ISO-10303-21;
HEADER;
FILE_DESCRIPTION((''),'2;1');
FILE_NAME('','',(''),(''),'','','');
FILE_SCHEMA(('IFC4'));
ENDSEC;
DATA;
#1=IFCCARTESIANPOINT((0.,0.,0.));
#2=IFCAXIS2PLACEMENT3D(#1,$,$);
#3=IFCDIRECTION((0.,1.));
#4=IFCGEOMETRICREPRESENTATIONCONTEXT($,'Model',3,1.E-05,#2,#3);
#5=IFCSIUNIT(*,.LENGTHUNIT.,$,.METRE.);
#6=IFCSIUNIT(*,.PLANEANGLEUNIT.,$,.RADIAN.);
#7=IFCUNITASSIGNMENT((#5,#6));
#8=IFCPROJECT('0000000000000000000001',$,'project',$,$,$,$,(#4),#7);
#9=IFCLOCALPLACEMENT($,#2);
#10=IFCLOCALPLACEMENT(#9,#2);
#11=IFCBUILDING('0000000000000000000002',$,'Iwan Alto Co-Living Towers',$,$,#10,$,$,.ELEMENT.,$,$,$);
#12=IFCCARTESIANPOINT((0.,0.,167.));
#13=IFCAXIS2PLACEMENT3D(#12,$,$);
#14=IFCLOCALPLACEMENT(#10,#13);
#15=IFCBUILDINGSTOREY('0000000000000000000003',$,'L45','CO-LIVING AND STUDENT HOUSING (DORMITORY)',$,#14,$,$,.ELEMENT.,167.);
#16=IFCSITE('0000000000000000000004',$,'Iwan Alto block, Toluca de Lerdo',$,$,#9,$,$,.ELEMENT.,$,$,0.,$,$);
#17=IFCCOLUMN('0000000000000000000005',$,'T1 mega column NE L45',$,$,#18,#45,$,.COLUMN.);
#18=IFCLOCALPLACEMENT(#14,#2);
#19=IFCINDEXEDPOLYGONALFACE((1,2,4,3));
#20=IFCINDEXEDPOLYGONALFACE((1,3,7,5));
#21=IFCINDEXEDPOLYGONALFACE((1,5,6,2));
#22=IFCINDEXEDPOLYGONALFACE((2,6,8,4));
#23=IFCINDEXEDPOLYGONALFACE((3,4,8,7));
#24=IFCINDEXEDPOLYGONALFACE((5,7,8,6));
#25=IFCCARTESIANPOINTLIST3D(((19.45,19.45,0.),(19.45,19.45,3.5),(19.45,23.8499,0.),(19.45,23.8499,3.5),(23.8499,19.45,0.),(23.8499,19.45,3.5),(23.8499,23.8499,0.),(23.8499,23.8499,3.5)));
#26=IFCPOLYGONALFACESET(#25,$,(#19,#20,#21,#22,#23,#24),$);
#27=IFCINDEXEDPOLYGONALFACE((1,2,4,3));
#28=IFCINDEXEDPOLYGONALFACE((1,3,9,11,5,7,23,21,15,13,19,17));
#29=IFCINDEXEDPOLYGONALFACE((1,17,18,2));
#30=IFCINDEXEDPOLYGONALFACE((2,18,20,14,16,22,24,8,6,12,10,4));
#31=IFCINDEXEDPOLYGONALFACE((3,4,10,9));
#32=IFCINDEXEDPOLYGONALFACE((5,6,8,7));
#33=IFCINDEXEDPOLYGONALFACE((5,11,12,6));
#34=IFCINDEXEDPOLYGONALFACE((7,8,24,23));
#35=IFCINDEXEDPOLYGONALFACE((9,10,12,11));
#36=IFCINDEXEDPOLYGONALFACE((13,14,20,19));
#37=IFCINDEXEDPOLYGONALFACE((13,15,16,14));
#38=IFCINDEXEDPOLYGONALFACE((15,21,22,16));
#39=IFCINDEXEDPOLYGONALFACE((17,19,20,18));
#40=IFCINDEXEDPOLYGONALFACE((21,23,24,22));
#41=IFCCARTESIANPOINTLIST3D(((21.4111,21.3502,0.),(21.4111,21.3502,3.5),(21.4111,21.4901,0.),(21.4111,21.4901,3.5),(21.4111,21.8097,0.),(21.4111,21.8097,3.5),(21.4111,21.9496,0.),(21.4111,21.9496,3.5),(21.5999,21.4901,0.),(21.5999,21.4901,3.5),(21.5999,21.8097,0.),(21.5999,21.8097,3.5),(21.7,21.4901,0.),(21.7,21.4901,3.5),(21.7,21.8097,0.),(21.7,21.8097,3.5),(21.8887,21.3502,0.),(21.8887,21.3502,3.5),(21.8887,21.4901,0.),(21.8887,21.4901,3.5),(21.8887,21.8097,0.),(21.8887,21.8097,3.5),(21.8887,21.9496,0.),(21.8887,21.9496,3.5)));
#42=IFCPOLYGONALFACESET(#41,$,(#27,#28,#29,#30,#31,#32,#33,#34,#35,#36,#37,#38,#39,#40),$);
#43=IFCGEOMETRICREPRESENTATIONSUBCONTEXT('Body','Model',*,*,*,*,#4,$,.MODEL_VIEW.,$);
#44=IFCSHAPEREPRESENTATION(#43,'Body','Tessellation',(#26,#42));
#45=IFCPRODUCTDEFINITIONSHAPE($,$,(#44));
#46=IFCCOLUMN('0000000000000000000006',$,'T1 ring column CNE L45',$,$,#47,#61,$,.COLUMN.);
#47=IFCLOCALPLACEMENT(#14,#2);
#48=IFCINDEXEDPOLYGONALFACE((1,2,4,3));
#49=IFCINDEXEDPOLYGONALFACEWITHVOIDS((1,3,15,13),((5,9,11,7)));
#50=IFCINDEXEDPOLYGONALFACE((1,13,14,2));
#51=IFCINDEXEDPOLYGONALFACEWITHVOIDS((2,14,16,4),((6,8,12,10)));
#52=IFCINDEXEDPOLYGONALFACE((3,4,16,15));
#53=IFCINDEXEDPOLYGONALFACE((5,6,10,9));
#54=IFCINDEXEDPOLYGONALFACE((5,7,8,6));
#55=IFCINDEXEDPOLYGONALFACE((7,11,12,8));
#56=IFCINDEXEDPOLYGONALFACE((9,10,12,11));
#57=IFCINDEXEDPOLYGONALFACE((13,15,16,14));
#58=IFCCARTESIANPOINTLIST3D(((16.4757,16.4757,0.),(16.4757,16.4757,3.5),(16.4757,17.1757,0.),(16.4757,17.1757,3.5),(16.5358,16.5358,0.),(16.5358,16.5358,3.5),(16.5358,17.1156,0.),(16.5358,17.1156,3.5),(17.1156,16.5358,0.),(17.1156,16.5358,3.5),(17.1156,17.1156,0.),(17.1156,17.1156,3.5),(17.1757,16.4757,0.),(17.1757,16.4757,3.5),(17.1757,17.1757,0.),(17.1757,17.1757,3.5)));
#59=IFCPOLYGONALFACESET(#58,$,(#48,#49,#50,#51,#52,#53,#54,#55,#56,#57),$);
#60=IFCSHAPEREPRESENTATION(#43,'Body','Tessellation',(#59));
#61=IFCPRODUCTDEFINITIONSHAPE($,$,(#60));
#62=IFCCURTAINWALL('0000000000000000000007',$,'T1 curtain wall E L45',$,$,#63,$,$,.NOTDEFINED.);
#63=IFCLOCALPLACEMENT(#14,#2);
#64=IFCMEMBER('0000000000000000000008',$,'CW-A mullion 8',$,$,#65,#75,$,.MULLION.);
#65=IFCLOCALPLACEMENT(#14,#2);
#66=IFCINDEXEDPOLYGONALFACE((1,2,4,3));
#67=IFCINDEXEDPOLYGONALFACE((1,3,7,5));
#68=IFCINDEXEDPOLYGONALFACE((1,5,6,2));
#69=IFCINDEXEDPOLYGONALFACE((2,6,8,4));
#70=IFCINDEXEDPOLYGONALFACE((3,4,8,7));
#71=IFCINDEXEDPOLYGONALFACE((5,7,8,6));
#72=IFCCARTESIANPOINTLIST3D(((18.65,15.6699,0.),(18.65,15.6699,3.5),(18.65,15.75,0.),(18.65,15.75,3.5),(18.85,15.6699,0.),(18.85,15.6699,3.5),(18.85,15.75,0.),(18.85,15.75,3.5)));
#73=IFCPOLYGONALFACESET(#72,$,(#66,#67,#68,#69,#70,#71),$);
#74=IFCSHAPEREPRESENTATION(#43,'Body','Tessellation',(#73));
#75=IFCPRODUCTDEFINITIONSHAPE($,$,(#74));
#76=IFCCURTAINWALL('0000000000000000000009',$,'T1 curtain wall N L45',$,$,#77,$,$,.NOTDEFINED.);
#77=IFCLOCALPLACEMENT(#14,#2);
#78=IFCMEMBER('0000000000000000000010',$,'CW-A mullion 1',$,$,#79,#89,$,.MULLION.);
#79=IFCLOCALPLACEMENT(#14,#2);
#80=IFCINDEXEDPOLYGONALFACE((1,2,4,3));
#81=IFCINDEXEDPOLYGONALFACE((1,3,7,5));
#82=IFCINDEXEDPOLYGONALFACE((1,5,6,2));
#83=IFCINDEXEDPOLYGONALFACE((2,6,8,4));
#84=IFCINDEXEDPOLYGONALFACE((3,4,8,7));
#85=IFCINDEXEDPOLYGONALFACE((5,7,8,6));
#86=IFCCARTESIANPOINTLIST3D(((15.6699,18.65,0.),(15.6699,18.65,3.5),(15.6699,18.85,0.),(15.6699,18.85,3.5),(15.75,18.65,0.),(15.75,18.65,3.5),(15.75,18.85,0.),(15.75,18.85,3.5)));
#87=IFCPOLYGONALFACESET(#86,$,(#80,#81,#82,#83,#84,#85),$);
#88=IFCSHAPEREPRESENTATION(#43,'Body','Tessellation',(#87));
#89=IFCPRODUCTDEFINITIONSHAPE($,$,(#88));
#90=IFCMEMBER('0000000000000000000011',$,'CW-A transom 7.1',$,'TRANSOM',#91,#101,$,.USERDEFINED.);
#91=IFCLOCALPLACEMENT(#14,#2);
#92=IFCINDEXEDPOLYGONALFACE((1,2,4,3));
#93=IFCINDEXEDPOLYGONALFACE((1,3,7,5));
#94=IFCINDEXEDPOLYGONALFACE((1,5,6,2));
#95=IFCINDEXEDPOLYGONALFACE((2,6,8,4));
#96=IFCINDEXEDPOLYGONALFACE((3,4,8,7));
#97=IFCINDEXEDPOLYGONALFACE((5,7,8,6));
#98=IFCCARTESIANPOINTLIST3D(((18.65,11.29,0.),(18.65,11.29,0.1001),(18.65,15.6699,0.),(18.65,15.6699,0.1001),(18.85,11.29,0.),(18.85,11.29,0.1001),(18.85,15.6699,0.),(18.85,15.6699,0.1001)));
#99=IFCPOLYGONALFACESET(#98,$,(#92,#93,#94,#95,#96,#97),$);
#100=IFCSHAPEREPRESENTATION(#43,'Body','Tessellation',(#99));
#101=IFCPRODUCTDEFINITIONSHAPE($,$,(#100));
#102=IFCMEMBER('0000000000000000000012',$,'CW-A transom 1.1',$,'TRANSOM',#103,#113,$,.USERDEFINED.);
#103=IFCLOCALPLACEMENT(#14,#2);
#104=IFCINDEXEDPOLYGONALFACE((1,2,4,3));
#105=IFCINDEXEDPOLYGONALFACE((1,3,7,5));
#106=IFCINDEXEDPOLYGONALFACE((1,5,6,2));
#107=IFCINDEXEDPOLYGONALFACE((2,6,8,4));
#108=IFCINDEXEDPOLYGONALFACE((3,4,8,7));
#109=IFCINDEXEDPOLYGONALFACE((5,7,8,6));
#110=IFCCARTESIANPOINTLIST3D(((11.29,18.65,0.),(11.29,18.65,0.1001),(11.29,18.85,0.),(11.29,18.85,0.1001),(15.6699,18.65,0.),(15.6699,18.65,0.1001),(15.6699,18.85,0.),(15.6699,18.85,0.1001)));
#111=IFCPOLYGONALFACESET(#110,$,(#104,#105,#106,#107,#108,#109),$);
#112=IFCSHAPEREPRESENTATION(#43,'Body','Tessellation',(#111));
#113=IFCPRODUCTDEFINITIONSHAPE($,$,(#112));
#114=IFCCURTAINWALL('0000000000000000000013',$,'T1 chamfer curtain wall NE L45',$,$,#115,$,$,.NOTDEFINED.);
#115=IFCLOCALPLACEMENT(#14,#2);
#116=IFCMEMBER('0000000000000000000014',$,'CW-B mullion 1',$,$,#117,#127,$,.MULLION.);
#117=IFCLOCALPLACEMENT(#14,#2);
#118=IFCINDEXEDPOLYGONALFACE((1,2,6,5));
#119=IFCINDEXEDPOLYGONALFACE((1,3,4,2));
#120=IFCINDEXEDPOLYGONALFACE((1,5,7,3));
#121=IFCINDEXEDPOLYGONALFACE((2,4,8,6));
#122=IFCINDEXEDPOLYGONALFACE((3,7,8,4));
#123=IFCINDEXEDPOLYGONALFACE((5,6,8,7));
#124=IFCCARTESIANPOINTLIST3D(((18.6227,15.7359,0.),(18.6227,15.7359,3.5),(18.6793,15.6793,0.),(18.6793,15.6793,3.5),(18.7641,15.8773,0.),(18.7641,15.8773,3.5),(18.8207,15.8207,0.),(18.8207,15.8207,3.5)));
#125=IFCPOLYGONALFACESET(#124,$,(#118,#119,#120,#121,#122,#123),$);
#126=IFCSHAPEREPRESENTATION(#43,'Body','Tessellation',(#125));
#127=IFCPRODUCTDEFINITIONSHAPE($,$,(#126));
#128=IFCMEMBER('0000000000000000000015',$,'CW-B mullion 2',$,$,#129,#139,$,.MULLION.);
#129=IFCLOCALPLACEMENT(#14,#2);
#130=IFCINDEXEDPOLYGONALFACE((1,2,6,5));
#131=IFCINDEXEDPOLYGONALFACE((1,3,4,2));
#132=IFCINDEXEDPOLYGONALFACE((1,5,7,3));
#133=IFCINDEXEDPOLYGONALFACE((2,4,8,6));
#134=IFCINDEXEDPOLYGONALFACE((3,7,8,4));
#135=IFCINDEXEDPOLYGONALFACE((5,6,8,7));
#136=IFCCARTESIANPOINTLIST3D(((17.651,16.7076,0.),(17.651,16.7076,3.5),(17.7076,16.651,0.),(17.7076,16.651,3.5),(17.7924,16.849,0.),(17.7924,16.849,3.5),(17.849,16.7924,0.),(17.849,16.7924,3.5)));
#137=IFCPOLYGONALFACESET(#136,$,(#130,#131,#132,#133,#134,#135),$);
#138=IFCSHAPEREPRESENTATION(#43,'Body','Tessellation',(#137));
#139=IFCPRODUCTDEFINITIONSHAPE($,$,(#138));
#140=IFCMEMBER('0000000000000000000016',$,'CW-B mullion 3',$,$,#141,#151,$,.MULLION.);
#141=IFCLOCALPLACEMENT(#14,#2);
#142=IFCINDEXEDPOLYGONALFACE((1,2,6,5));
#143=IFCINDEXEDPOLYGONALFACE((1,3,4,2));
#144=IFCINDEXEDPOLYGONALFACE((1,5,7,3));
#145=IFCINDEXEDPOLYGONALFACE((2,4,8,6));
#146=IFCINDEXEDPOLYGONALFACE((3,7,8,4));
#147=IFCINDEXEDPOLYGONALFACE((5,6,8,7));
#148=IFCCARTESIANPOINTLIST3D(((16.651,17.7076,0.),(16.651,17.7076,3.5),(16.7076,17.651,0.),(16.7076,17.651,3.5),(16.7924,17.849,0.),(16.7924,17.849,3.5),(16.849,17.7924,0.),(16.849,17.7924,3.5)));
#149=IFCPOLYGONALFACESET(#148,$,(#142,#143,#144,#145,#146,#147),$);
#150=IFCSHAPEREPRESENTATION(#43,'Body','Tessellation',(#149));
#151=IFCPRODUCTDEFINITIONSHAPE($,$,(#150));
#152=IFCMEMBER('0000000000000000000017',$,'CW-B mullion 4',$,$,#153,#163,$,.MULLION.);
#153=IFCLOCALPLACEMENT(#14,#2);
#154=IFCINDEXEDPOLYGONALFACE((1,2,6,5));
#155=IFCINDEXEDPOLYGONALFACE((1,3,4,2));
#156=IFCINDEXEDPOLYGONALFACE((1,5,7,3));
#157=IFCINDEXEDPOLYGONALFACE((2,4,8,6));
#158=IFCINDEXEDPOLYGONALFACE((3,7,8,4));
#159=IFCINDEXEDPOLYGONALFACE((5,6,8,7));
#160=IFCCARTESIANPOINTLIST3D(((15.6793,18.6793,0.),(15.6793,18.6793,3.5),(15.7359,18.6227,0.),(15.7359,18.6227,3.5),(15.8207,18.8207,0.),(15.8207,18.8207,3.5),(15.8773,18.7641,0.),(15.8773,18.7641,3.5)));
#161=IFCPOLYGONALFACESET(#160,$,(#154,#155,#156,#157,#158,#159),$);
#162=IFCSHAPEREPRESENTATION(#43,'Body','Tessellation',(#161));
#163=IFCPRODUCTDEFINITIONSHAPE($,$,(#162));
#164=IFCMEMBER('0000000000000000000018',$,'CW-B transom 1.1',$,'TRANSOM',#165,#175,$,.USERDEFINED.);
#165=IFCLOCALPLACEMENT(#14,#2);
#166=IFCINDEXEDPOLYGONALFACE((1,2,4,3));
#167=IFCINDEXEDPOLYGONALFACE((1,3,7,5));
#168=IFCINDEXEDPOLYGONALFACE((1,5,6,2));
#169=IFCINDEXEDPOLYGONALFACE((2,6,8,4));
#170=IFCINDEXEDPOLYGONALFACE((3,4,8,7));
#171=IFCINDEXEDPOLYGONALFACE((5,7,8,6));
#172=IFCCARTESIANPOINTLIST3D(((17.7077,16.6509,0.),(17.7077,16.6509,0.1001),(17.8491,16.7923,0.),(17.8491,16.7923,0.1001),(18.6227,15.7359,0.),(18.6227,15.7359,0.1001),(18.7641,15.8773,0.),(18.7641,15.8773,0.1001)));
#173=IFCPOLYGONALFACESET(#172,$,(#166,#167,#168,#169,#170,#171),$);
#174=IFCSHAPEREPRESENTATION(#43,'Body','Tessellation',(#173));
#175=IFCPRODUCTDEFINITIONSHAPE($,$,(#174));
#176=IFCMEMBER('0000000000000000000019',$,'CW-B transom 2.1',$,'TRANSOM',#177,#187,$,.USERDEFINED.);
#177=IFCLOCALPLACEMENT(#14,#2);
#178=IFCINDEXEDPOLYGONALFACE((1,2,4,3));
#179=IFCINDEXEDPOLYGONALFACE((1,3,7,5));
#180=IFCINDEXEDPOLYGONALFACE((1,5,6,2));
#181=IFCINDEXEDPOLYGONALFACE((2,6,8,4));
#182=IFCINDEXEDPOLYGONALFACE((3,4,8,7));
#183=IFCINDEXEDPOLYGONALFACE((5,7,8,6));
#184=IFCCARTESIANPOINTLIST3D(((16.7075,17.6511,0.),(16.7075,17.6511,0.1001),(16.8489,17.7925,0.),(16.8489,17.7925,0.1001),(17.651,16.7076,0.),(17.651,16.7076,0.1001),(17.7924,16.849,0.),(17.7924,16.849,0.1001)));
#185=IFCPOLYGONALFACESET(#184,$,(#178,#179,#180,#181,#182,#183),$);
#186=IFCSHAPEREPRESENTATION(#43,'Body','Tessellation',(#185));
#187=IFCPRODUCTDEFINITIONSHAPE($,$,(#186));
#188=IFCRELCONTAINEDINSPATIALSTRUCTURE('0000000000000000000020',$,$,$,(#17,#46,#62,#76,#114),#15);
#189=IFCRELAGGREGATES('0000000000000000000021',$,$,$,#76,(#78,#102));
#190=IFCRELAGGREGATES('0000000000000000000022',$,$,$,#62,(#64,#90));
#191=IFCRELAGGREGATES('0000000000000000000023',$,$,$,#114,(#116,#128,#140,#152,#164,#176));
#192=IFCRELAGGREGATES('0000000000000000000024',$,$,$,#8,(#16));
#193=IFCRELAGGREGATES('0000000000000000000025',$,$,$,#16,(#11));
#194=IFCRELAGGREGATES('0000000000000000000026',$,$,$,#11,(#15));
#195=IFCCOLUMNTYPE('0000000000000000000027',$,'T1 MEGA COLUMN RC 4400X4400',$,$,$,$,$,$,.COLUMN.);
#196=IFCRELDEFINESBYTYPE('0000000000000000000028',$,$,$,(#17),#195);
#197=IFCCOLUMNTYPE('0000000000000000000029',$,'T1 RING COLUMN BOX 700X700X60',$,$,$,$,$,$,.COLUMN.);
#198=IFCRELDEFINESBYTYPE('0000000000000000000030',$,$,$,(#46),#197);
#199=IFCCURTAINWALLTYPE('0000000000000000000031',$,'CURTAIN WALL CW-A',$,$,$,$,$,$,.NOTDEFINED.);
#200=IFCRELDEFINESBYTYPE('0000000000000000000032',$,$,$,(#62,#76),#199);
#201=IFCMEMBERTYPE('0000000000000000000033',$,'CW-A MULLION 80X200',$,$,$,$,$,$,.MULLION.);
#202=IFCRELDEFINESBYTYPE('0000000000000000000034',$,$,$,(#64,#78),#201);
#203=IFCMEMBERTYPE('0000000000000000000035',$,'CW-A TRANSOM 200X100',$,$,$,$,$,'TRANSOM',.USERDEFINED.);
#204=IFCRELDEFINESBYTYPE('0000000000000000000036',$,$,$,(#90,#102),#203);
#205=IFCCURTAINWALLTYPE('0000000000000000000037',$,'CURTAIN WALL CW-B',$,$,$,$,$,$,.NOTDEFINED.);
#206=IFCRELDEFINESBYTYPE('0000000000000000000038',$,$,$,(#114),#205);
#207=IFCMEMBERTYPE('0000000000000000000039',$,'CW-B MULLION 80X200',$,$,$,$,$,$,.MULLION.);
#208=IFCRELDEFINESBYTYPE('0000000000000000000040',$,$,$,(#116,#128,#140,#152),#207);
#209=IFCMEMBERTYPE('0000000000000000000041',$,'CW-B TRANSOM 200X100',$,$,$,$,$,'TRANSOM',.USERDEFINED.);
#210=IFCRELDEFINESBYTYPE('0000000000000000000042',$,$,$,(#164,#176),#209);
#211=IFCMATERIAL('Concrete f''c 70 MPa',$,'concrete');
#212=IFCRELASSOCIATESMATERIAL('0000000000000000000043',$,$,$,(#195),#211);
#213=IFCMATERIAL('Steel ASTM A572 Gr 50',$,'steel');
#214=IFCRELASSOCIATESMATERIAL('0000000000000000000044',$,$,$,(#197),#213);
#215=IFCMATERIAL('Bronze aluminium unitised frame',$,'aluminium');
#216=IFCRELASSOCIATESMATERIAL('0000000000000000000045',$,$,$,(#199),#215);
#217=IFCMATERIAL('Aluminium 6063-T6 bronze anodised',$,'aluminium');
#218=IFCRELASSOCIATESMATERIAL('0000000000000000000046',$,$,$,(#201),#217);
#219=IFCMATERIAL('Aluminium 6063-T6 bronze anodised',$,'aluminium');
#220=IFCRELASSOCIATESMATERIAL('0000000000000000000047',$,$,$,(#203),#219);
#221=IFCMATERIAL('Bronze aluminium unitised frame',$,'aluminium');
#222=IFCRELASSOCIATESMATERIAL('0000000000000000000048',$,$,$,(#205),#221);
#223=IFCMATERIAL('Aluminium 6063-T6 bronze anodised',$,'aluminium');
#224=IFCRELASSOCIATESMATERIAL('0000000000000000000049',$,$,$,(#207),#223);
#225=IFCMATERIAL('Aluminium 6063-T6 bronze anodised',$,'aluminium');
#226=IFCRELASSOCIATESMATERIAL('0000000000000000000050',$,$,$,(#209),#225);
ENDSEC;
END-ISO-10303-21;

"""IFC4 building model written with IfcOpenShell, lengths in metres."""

from ifc_helpers import new_model, si_unit, direction, frame, origin, origin_2d, place, context, subcontext, project, spatial, rectangle, hollow_rectangle, i_section, extrude, material, material_profile, profile_set, type_object, element, aggregate, save


model = new_model("IFC4")

# Units and contexts
model_context = context("Model", 3, precision=1e-05, world=origin(), true_north=direction((0.0, 1.0)))
body_context = subcontext(model_context, "Body", "Model", "MODEL_VIEW")
ifc_project = project(units=[si_unit("LENGTHUNIT", "METRE"), si_unit("PLANEANGLEUNIT", "RADIAN")], contexts=[model_context])

# Site, building, storey
site_placement = place(None, origin())
site = spatial("IfcSite", under=ifc_project, at=site_placement, Name="Iwan Alto block, Toluca de Lerdo", CompositionType="ELEMENT", RefElevation=0.0)
building_placement = place(site_placement, origin())
building = spatial("IfcBuilding", under=site, at=building_placement, Name="Iwan Alto Co-Living Towers", CompositionType="ELEMENT")
storey_placement = place(building_placement, frame((0.0, 0.0, 167.0)))
storey = spatial("IfcBuildingStorey", under=building, at=storey_placement, Name="L45", Description="CO-LIVING AND STUDENT HOUSING (DORMITORY)", CompositionType="ELEMENT", Elevation=167.0)

# Columns
ifc_material_1 = material(Name="Concrete f'c 70 MPa", Category="concrete")
ifc_material_profile_1 = material_profile(ifc_material_1, rectangle(XDim=4.3999, YDim=4.3999, at=origin_2d()), Name="RC 4400X4400")
ifc_profile_set_1 = profile_set([ifc_material_profile_1], Name="Concrete f'c 70 MPa")
column_type_1 = type_object("IfcColumnType", Name="T1 MEGA COLUMN RC 4400X4400", PredefinedType="COLUMN", material=ifc_profile_set_1)
column_1_placement = place(storey_placement, frame((21.6499, 21.6499, 0.0), z_axis=(0.0, 0.0, 1.0), x_axis=(1.0, 0.0, 0.0)))
element("IfcColumn", 1, at=column_1_placement, inside=storey, type_object=column_type_1, Name="T1 mega column NE L45", PredefinedType="COLUMN", context=body_context, shape_type="SweptSolid", body=[
    extrude(rectangle(XDim=4.3999, YDim=4.3999, at=origin_2d()), origin(), (0.0, 0.0, 1.0), 3.5),
    extrude(i_section(OverallWidth=0.4775, OverallDepth=0.5994, WebThickness=0.1001, FlangeThickness=0.1399, at=origin_2d()), origin(), (0.0, 0.0, 1.0), 3.5),
])
ifc_material_2 = material(Name="Steel ASTM A572 Gr 50", Category="steel")
ifc_material_profile_2 = material_profile(ifc_material_2, hollow_rectangle(XDim=0.7, YDim=0.7, WallThickness=0.0601, at=origin_2d()), Name="BOX 700X700X60")
ifc_profile_set_2 = profile_set([ifc_material_profile_2], Name="Steel ASTM A572 Gr 50")
column_type_2 = type_object("IfcColumnType", Name="T1 RING COLUMN BOX 700X700X60", PredefinedType="COLUMN", material=ifc_profile_set_2)
column_2_placement = place(storey_placement, frame((16.8257, 16.8257, 0.0), z_axis=(0.0, 0.0, 1.0), x_axis=(1.0, 0.0, 0.0)))
element("IfcColumn", 2, at=column_2_placement, inside=storey, type_object=column_type_2, Name="T1 ring column CNE L45", PredefinedType="COLUMN", context=body_context, shape_type="SweptSolid", body=[
    extrude(hollow_rectangle(XDim=0.7, YDim=0.7, WallThickness=0.0601, at=origin_2d()), origin(), (0.0, 0.0, 1.0), 3.5),
])

# Curtain walls, members
ifc_material_3 = material(Name="Bronze aluminium unitised frame", Category="aluminium")
curtain_wall_type_1 = type_object("IfcCurtainWallType", Name="CURTAIN WALL CW-A", PredefinedType="NOTDEFINED", material=ifc_material_3)
curtain_wall_1_placement = place(storey_placement, origin())
curtain_wall_1 = element("IfcCurtainWall", 3, at=curtain_wall_1_placement, inside=storey, type_object=curtain_wall_type_1, Name="T1 curtain wall E L45", PredefinedType="NOTDEFINED")
ifc_material_4 = material(Name="Aluminium 6063-T6 bronze anodised", Category="aluminium")
ifc_material_profile_3 = material_profile(ifc_material_4, rectangle(XDim=0.2, YDim=0.0801, at=origin_2d()), Name="AL 80X200")
ifc_profile_set_3 = profile_set([ifc_material_profile_3], Name="Aluminium 6063-T6 bronze anodised")
member_type_1 = type_object("IfcMemberType", Name="CW-A MULLION 80X200", PredefinedType="MULLION", material=ifc_profile_set_3)
member_1_placement = place(storey_placement, frame((18.75, 15.71, 0.0), z_axis=(0.0, 0.0, 1.0), x_axis=(-1.0, 0.0, 0.0)))
member_1 = element("IfcMember", 4, at=member_1_placement, type_object=member_type_1, Name="CW-A mullion 8", PredefinedType="MULLION", context=body_context, shape_type="SweptSolid", body=[
    extrude(rectangle(XDim=0.2, YDim=0.0801, at=origin_2d()), origin(), (0.0, 0.0, 1.0), 3.5),
])
curtain_wall_2_placement = place(storey_placement, origin())
curtain_wall_2 = element("IfcCurtainWall", 5, at=curtain_wall_2_placement, inside=storey, type_object=curtain_wall_type_1, Name="T1 curtain wall N L45", PredefinedType="NOTDEFINED")
member_2_placement = place(storey_placement, frame((15.71, 18.75, 0.0), z_axis=(0.0, 0.0, 1.0), x_axis=(0.0, -1.0, 0.0)))
member_2 = element("IfcMember", 6, at=member_2_placement, type_object=member_type_1, Name="CW-A mullion 1", PredefinedType="MULLION", context=body_context, shape_type="SweptSolid", body=[
    extrude(rectangle(XDim=0.2, YDim=0.0801, at=origin_2d()), origin(), (0.0, 0.0, 1.0), 3.5),
])

# Members
ifc_material_5 = material(Name="Aluminium 6063-T6 bronze anodised", Category="aluminium")
ifc_material_profile_4 = material_profile(ifc_material_5, rectangle(XDim=0.2, YDim=0.1001, at=origin_2d()), Name="AL 200X100")
ifc_profile_set_4 = profile_set([ifc_material_profile_4], Name="Aluminium 6063-T6 bronze anodised")
member_type_2 = type_object("IfcMemberType", Name="CW-A TRANSOM 200X100", ElementType="TRANSOM", PredefinedType="USERDEFINED", material=ifc_profile_set_4)
member_3_placement = place(storey_placement, frame((18.75, 11.29, 0.05), z_axis=(0.0, 1.0, 0.0), x_axis=(-1.0, 0.0, 0.0)))
member_3 = element("IfcMember", 7, at=member_3_placement, type_object=member_type_2, Name="CW-A transom 7.1", ObjectType="TRANSOM", PredefinedType="USERDEFINED", context=body_context, shape_type="SweptSolid", body=[
    extrude(rectangle(XDim=0.2, YDim=0.1001, at=origin_2d()), origin(), (0.0, 0.0, 1.0), 4.3799),
])
member_4_placement = place(storey_placement, frame((15.6699, 18.75, 0.05), z_axis=(-1.0, 0.0, 0.0), x_axis=(0.0, -1.0, 0.0)))
member_4 = element("IfcMember", 8, at=member_4_placement, type_object=member_type_2, Name="CW-A transom 1.1", ObjectType="TRANSOM", PredefinedType="USERDEFINED", context=body_context, shape_type="SweptSolid", body=[
    extrude(rectangle(XDim=0.2, YDim=0.1001, at=origin_2d()), origin(), (0.0, 0.0, 1.0), 4.3799),
])
aggregate(curtain_wall_2, [member_2, member_4])

# Curtain wall, members
ifc_material_6 = material(Name="Bronze aluminium unitised frame", Category="aluminium")
curtain_wall_type_2 = type_object("IfcCurtainWallType", Name="CURTAIN WALL CW-B", PredefinedType="NOTDEFINED", material=ifc_material_6)
curtain_wall_3_placement = place(storey_placement, origin())
curtain_wall_3 = element("IfcCurtainWall", 9, at=curtain_wall_3_placement, inside=storey, type_object=curtain_wall_type_2, Name="T1 chamfer curtain wall NE L45", PredefinedType="NOTDEFINED")
ifc_material_7 = material(Name="Aluminium 6063-T6 bronze anodised", Category="aluminium")
ifc_material_profile_5 = material_profile(ifc_material_7, rectangle(XDim=0.2, YDim=0.0801, at=origin_2d()), Name="AL 80X200")
ifc_profile_set_5 = profile_set([ifc_material_profile_5], Name="Aluminium 6063-T6 bronze anodised")
member_type_3 = type_object("IfcMemberType", Name="CW-B MULLION 80X200", PredefinedType="MULLION", material=ifc_profile_set_5)
member_5_placement = place(storey_placement, frame((18.7217, 15.7783, 0.0), z_axis=(0.0, 0.0, 1.0), x_axis=(-0.707107, -0.707107, 0.0)))
member_5 = element("IfcMember", 10, at=member_5_placement, type_object=member_type_3, Name="CW-B mullion 1", PredefinedType="MULLION", context=body_context, shape_type="SweptSolid", body=[
    extrude(rectangle(XDim=0.2, YDim=0.0801, at=origin_2d()), origin(), (0.0, 0.0, 1.0), 3.5),
])
member_6_placement = place(storey_placement, frame((17.75, 16.75, 0.0), z_axis=(0.0, 0.0, 1.0), x_axis=(-0.707107, -0.707107, 0.0)))
member_6 = element("IfcMember", 11, at=member_6_placement, type_object=member_type_3, Name="CW-B mullion 2", PredefinedType="MULLION", context=body_context, shape_type="SweptSolid", body=[
    extrude(rectangle(XDim=0.2, YDim=0.0801, at=origin_2d()), origin(), (0.0, 0.0, 1.0), 3.5),
])
member_7_placement = place(storey_placement, frame((16.75, 17.75, 0.0), z_axis=(0.0, 0.0, 1.0), x_axis=(-0.707107, -0.707107, 0.0)))
member_7 = element("IfcMember", 12, at=member_7_placement, type_object=member_type_3, Name="CW-B mullion 3", PredefinedType="MULLION", context=body_context, shape_type="SweptSolid", body=[
    extrude(rectangle(XDim=0.2, YDim=0.0801, at=origin_2d()), origin(), (0.0, 0.0, 1.0), 3.5),
])
member_8_placement = place(storey_placement, frame((15.7783, 18.7217, 0.0), z_axis=(0.0, 0.0, 1.0), x_axis=(-0.707107, -0.707107, 0.0)))
member_8 = element("IfcMember", 13, at=member_8_placement, type_object=member_type_3, Name="CW-B mullion 4", PredefinedType="MULLION", context=body_context, shape_type="SweptSolid", body=[
    extrude(rectangle(XDim=0.2, YDim=0.0801, at=origin_2d()), origin(), (0.0, 0.0, 1.0), 3.5),
])
ifc_material_8 = material(Name="Aluminium 6063-T6 bronze anodised", Category="aluminium")
ifc_material_profile_6 = material_profile(ifc_material_8, rectangle(XDim=0.2, YDim=0.1001, at=origin_2d()), Name="AL 200X100")
ifc_profile_set_6 = profile_set([ifc_material_profile_6], Name="Aluminium 6063-T6 bronze anodised")
member_type_4 = type_object("IfcMemberType", Name="CW-B TRANSOM 200X100", ElementType="TRANSOM", PredefinedType="USERDEFINED", material=ifc_profile_set_6)
member_9_placement = place(storey_placement, frame((18.6934, 15.8066, 0.05), z_axis=(-0.707107, 0.707107, 0.0), x_axis=(-0.707107, -0.707107, 0.0)))
member_9 = element("IfcMember", 14, at=member_9_placement, type_object=member_type_4, Name="CW-B transom 1.1", ObjectType="TRANSOM", PredefinedType="USERDEFINED", context=body_context, shape_type="SweptSolid", body=[
    extrude(rectangle(XDim=0.2, YDim=0.1001, at=origin_2d()), origin(), (0.0, 0.0, 1.0), 1.2939),
])
member_10_placement = place(storey_placement, frame((17.7217, 16.7783, 0.05), z_axis=(-0.707107, 0.707107, 0.0), x_axis=(-0.707107, -0.707107, 0.0)))
member_10 = element("IfcMember", 15, at=member_10_placement, type_object=member_type_4, Name="CW-B transom 2.1", ObjectType="TRANSOM", PredefinedType="USERDEFINED", context=body_context, shape_type="SweptSolid", body=[
    extrude(rectangle(XDim=0.2, YDim=0.1001, at=origin_2d()), origin(), (0.0, 0.0, 1.0), 1.3342),
])

aggregate(curtain_wall_1, [member_1, member_3])
aggregate(curtain_wall_3, [member_5, member_6, member_7, member_8, member_9, member_10])

save(model, "model.ifc")
